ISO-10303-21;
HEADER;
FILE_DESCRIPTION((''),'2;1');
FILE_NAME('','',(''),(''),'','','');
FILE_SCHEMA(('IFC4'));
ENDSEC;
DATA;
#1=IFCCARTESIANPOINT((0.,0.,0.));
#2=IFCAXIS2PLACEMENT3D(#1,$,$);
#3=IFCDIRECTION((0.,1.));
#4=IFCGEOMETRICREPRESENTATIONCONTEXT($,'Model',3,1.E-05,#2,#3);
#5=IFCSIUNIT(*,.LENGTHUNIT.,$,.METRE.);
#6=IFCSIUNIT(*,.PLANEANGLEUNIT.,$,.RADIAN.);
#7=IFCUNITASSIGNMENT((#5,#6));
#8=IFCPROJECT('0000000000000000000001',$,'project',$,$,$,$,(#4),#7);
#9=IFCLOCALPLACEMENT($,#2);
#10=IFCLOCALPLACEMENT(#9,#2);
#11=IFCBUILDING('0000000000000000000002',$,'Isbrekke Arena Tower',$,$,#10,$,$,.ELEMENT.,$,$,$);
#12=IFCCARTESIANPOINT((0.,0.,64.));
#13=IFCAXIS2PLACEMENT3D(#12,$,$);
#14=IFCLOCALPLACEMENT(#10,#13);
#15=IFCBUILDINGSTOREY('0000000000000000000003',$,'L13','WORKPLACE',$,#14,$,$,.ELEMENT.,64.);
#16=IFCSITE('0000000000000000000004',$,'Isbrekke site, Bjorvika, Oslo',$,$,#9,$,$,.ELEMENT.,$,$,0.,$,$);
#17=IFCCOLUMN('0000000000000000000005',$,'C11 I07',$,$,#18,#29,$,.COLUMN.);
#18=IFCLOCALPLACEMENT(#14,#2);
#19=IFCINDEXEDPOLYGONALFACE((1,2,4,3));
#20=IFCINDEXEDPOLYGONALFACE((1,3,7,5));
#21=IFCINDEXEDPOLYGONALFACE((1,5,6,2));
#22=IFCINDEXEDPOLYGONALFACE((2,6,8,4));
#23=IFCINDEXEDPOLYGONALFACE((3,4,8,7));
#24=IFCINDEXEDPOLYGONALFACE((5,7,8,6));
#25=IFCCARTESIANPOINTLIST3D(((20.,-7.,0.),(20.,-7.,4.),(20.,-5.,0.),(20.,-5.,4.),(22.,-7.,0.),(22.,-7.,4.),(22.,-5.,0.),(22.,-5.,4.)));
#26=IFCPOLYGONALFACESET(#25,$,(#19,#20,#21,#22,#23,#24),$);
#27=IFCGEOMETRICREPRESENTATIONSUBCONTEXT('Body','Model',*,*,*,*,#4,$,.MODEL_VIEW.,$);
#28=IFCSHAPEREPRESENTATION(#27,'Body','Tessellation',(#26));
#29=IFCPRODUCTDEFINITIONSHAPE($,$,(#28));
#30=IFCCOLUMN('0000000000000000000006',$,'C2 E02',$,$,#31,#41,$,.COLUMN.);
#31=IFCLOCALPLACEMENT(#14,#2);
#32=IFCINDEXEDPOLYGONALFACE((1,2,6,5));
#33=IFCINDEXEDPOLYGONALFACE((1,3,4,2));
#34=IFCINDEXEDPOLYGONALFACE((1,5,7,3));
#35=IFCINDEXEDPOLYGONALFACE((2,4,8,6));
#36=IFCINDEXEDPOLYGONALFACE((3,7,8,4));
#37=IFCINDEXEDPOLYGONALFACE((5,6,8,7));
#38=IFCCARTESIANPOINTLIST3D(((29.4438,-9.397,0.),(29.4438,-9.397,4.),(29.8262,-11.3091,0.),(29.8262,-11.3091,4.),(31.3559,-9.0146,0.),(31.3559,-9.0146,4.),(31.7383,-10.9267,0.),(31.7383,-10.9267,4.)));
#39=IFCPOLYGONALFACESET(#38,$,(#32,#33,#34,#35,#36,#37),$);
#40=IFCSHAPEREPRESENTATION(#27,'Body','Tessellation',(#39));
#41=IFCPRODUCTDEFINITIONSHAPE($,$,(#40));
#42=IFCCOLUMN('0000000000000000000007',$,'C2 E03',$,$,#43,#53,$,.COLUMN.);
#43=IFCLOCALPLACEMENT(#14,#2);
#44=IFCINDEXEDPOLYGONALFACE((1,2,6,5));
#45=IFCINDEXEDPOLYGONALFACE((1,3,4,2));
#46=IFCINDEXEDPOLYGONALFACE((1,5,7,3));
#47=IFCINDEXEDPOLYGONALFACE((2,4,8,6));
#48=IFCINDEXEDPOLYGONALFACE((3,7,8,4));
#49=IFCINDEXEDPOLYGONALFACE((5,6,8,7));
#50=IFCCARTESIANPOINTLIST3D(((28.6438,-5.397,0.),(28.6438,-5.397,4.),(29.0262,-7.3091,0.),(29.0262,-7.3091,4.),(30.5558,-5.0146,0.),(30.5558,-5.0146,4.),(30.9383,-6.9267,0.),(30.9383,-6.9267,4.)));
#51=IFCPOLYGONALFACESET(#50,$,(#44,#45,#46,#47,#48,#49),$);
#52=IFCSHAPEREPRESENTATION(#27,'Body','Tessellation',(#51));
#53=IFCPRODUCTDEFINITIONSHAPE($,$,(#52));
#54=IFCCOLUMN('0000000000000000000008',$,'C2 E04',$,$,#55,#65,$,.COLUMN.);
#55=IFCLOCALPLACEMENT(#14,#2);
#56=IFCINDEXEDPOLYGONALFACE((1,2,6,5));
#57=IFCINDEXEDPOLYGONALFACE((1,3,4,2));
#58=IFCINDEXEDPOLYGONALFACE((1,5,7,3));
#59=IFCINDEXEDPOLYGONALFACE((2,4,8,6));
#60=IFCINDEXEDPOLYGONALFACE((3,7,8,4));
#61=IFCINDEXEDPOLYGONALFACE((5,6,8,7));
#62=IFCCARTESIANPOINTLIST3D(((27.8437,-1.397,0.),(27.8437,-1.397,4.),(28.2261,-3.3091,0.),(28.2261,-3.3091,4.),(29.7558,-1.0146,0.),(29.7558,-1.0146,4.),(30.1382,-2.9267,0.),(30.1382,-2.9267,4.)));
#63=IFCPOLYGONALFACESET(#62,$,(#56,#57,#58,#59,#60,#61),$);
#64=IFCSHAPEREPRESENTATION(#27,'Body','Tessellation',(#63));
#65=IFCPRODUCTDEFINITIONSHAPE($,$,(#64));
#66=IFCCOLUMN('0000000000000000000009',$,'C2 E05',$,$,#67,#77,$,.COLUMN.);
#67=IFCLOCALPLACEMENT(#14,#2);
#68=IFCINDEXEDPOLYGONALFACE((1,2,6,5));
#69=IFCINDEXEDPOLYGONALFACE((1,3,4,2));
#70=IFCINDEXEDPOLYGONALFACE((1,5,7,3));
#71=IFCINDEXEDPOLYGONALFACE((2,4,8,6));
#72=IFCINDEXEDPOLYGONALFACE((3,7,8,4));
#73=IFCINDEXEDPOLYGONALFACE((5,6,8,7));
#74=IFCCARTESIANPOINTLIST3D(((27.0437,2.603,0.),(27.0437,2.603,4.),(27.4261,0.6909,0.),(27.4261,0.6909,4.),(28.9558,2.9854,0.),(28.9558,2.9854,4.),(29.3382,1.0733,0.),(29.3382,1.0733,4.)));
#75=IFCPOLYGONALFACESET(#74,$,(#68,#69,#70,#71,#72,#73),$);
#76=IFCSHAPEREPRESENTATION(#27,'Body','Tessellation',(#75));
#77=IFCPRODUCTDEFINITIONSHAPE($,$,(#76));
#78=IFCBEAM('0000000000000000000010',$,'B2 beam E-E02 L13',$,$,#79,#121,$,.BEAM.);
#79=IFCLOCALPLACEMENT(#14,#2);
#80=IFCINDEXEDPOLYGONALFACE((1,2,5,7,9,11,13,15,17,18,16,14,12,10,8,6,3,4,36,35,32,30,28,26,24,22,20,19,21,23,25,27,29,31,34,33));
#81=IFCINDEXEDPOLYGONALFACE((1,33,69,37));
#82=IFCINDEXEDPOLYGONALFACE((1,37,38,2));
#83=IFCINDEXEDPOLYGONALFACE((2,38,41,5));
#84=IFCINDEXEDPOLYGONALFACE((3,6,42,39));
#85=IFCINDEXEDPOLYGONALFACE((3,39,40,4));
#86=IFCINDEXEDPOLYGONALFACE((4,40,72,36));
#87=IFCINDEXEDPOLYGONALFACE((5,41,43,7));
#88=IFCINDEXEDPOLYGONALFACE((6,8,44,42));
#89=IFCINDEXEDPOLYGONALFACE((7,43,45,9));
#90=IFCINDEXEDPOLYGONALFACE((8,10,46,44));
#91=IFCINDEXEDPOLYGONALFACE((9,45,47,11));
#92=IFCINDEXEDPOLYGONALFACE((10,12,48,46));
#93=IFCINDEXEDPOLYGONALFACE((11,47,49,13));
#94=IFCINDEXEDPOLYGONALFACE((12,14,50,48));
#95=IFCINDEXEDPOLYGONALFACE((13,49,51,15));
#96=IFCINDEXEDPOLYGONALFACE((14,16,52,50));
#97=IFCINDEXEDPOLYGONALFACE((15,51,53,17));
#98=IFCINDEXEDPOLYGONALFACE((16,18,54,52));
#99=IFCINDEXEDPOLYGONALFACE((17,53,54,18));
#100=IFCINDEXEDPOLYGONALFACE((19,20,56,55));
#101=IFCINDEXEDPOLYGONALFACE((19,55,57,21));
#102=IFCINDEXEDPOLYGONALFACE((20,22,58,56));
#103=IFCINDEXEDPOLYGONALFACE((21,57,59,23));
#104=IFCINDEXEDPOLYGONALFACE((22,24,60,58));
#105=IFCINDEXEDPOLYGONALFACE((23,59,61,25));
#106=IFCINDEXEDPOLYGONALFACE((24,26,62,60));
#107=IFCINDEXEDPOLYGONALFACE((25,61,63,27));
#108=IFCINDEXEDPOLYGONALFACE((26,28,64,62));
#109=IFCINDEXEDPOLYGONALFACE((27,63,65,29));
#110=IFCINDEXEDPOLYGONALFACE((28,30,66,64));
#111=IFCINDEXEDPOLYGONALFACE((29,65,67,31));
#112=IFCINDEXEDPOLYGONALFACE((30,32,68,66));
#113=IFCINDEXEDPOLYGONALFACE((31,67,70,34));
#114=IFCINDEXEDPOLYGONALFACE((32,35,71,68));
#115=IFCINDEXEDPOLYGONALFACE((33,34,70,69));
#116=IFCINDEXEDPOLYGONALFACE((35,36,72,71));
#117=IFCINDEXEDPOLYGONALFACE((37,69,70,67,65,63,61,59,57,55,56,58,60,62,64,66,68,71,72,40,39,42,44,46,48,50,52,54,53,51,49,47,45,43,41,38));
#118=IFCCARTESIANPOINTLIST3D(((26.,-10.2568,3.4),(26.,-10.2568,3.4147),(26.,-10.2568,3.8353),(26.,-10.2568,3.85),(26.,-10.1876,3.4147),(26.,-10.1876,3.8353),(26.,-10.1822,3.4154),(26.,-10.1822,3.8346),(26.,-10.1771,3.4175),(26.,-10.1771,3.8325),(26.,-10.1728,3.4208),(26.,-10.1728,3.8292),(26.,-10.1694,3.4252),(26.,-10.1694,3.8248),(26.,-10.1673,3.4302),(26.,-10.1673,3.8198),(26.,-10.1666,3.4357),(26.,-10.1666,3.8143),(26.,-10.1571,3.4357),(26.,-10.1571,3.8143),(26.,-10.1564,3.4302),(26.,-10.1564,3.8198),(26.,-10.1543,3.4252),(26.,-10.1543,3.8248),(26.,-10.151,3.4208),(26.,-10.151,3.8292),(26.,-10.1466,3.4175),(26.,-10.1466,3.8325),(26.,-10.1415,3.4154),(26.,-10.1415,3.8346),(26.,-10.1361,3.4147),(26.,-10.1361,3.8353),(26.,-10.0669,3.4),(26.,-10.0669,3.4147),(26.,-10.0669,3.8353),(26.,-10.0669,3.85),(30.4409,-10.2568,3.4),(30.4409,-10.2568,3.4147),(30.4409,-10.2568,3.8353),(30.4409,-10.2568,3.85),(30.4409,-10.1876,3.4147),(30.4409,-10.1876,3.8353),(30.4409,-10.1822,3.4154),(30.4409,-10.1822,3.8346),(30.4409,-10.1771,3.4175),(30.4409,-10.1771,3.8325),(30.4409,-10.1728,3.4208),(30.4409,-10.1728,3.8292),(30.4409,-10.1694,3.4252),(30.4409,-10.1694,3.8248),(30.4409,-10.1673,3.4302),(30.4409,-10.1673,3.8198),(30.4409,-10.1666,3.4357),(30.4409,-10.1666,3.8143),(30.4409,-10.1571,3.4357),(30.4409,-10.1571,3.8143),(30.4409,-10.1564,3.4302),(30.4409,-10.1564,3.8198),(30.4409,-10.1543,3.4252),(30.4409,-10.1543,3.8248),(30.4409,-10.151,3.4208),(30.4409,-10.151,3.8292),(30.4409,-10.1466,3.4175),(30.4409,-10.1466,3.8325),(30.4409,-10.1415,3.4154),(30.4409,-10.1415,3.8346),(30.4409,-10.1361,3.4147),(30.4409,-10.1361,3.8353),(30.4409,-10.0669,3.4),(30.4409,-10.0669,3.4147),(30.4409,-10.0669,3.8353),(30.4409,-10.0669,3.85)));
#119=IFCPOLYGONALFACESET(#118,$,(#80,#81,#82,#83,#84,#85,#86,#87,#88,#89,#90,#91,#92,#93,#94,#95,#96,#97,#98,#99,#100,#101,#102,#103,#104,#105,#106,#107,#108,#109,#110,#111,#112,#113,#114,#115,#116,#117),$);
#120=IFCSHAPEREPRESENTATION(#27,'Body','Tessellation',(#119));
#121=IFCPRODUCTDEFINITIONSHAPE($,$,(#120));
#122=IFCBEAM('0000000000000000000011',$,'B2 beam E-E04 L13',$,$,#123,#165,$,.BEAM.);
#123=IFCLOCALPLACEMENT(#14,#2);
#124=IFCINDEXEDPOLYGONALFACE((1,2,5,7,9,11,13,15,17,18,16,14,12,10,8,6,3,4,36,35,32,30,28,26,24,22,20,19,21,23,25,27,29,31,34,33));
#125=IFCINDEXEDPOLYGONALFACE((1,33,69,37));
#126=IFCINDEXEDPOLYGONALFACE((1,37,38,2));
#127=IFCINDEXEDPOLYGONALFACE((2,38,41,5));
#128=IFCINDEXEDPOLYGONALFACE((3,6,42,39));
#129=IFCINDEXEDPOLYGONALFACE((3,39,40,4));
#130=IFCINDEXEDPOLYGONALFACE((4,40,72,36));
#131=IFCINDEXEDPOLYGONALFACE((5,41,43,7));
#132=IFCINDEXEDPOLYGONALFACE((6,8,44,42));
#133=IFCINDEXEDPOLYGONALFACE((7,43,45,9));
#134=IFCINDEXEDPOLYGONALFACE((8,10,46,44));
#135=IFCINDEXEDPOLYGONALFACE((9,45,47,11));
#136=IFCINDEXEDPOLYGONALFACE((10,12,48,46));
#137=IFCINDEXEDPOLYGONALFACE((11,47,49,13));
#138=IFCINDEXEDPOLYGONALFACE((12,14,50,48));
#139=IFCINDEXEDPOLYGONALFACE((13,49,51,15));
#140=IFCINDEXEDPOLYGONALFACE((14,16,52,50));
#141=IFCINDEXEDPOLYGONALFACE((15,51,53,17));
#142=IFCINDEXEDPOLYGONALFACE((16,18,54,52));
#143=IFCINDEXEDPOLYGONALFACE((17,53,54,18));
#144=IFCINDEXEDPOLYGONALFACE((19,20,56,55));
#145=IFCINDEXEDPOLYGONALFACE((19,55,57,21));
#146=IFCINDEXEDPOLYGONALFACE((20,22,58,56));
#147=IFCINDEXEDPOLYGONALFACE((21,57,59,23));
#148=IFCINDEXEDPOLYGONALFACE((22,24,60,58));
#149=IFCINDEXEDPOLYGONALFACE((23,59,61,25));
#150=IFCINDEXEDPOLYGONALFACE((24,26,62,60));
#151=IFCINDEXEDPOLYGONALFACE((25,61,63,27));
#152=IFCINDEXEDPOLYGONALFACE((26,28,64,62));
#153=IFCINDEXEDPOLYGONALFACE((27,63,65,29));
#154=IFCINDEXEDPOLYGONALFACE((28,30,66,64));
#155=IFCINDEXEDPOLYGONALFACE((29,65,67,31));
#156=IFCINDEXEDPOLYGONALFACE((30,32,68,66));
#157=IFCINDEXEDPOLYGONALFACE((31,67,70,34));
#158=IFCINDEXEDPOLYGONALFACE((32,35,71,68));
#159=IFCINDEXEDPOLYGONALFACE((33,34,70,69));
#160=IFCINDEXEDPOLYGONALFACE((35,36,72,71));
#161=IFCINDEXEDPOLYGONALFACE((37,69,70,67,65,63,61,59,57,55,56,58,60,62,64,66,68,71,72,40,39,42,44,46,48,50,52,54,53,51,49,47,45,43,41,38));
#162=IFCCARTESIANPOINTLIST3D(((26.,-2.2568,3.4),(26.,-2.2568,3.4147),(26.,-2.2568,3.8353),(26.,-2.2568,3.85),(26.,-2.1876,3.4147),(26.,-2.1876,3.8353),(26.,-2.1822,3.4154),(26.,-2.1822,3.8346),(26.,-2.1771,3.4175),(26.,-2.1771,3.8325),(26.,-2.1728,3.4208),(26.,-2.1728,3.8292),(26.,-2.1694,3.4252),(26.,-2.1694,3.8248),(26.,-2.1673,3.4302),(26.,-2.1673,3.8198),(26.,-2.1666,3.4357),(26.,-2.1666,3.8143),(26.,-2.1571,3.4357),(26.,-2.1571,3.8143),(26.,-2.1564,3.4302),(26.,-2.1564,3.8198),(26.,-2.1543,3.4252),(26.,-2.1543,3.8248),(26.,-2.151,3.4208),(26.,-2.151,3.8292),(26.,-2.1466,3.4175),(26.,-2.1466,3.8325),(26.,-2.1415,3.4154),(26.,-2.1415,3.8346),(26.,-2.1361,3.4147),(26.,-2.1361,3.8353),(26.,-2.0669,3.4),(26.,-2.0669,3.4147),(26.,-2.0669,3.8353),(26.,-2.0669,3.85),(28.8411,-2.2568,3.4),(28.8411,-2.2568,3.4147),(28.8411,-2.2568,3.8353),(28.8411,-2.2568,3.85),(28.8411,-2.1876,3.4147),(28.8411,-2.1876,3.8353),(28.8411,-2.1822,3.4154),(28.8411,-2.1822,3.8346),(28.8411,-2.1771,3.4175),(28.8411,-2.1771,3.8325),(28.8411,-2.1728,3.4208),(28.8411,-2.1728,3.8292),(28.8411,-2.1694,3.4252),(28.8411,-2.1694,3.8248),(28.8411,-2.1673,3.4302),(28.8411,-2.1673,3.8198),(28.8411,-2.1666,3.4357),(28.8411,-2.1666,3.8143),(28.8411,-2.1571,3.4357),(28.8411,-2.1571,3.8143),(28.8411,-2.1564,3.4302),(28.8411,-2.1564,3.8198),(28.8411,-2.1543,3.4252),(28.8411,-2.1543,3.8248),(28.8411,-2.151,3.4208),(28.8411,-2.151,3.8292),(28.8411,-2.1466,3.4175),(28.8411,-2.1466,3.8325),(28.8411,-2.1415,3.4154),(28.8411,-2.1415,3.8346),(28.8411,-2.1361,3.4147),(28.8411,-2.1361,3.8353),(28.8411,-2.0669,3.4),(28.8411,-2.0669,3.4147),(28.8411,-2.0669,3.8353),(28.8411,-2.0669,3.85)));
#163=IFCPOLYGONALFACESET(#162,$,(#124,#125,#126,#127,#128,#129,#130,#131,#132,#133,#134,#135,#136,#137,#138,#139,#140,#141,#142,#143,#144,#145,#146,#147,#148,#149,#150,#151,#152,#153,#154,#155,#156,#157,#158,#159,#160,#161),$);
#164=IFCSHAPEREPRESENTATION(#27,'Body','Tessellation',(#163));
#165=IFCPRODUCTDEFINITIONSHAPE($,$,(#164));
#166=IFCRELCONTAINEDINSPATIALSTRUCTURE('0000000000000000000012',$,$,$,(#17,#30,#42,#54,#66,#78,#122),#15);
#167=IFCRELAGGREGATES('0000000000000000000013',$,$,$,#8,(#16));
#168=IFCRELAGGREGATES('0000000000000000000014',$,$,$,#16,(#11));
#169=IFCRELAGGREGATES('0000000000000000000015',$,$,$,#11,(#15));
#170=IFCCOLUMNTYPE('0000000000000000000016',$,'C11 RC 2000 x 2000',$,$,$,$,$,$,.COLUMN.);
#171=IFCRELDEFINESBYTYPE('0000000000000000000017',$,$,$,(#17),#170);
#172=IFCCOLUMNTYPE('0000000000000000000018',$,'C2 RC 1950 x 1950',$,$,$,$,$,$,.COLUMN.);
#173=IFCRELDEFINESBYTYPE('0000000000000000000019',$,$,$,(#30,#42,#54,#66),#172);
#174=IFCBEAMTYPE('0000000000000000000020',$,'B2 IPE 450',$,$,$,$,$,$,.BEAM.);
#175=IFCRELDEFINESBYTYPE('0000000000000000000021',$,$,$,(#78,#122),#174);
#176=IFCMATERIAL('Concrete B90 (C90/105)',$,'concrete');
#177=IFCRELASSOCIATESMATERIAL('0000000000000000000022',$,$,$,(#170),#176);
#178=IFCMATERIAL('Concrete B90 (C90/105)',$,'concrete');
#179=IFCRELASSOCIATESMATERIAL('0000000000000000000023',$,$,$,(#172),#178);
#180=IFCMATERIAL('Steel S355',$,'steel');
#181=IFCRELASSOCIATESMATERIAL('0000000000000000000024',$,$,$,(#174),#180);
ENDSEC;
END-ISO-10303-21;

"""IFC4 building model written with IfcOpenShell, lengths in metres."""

from ifc_helpers import new_model, si_unit, direction, frame, origin, origin_2d, place, context, subcontext, project, spatial, rectangle, i_section, extrude, material, material_profile, profile_set, type_object, element, save


model = new_model("IFC4")

# Units and contexts
model_context = context("Model", 3, precision=1e-05, world=origin(), true_north=direction((0.0, 1.0)))
body_context = subcontext(model_context, "Body", "Model", "MODEL_VIEW")
ifc_project = project(units=[si_unit("LENGTHUNIT", "METRE"), si_unit("PLANEANGLEUNIT", "RADIAN")], contexts=[model_context])

# Site, building, storey
site_placement = place(None, origin())
site = spatial("IfcSite", under=ifc_project, at=site_placement, Name="Isbrekke site, Bjorvika, Oslo", CompositionType="ELEMENT", RefElevation=0.0)
building_placement = place(site_placement, origin())
building = spatial("IfcBuilding", under=site, at=building_placement, Name="Isbrekke Arena Tower", CompositionType="ELEMENT")
storey_placement = place(building_placement, frame((0.0, 0.0, 64.0)))
storey = spatial("IfcBuildingStorey", under=building, at=storey_placement, Name="L13", Description="WORKPLACE", CompositionType="ELEMENT", Elevation=64.0)

# Columns
ifc_material_1 = material(Name="Concrete B90 (C90/105)", Category="concrete")
ifc_material_profile_1 = material_profile(ifc_material_1, rectangle(XDim=2.0, YDim=2.0, at=origin_2d()), Name="RC 2000x2000")
ifc_profile_set_1 = profile_set([ifc_material_profile_1], Name="Concrete B90 (C90/105)")
column_type_1 = type_object("IfcColumnType", Name="C11 RC 2000 x 2000", PredefinedType="COLUMN", material=ifc_profile_set_1)
column_placement = place(storey_placement, frame((21.0, -6.0, 0.0), z_axis=(0.0, 0.0, 1.0), x_axis=(1.0, 0.0, 0.0)))
element("IfcColumn", 1, at=column_placement, inside=storey, type_object=column_type_1, Name="C11 I07", PredefinedType="COLUMN", context=body_context, shape_type="SweptSolid", body=[
    extrude(rectangle(XDim=2.0, YDim=2.0, at=origin_2d()), origin(), (0.0, 0.0, 1.0), 4.0),
])
ifc_material_2 = material(Name="Concrete B90 (C90/105)", Category="concrete")
ifc_material_profile_2 = material_profile(ifc_material_2, rectangle(XDim=1.95, YDim=1.95, at=origin_2d()), Name="RC 1950x1950")
ifc_profile_set_2 = profile_set([ifc_material_profile_2], Name="Concrete B90 (C90/105)")
column_type_2 = type_object("IfcColumnType", Name="C2 RC 1950 x 1950", PredefinedType="COLUMN", material=ifc_profile_set_2)
for number, where, z_axis, x_axis, name in (
    (2, (30.5911, -10.1619, 0.0), (0.0, 0.0, 1.0), (-0.196116, 0.980581, 0.0), "C2 E02"),
    (3, (29.791, -6.1619, 0.0), (0.0, 0.0, 1.0), (-0.196116, 0.980581, 0.0), "C2 E03"),
    (4, (28.991, -2.1619, 0.0), (0.0, 0.0, 1.0), (-0.196116, 0.980581, 0.0), "C2 E04"),
    (5, (28.1909, 1.8381, 0.0), (0.0, 0.0, 1.0), (-0.196116, 0.980581, 0.0), "C2 E05"),
):
    element("IfcColumn", number, at=place(storey_placement, frame(where, z_axis=z_axis, x_axis=x_axis)), inside=storey, type_object=column_type_2, Name=name, PredefinedType="COLUMN", context=body_context, shape_type="SweptSolid", body=[
        extrude(rectangle(XDim=1.95, YDim=1.95, at=origin_2d()), origin(), (0.0, 0.0, 1.0), 4.0),
    ])

# Beams
ifc_material_3 = material(Name="Steel S355", Category="steel")
ifc_material_profile_3 = material_profile(ifc_material_3, i_section(OverallWidth=0.1899, OverallDepth=0.45, WebThickness=0.0095, FlangeThickness=0.0146, FilletRadius=0.021, at=origin_2d()), Name="IPE 450")
ifc_profile_set_3 = profile_set([ifc_material_profile_3], Name="Steel S355")
beam_type_1 = type_object("IfcBeamType", Name="B2 IPE 450", PredefinedType="BEAM", material=ifc_profile_set_3)
beam_1_placement = place(storey_placement, frame((30.4409, -10.1619, 3.625), z_axis=(-1.0, 0.0, 0.0), x_axis=(0.0, -1.0, 0.0)))
element("IfcBeam", 6, at=beam_1_placement, inside=storey, type_object=beam_type_1, Name="B2 beam E-E02 L13", PredefinedType="BEAM", context=body_context, shape_type="SweptSolid", body=[
    extrude(i_section(OverallWidth=0.1899, OverallDepth=0.45, WebThickness=0.0095, FlangeThickness=0.0146, FilletRadius=0.021, at=origin_2d()), origin(), (0.0, 0.0, 1.0), 4.4409),
])
beam_2_placement = place(storey_placement, frame((28.8411, -2.1619, 3.625), z_axis=(-1.0, 0.0, 0.0), x_axis=(0.0, -1.0, 0.0)))
element("IfcBeam", 7, at=beam_2_placement, inside=storey, type_object=beam_type_1, Name="B2 beam E-E04 L13", PredefinedType="BEAM", context=body_context, shape_type="SweptSolid", body=[
    extrude(i_section(OverallWidth=0.1899, OverallDepth=0.45, WebThickness=0.0095, FlangeThickness=0.0146, FilletRadius=0.021, at=origin_2d()), origin(), (0.0, 0.0, 1.0), 2.8411),
])

save(model, "model.ifc")
